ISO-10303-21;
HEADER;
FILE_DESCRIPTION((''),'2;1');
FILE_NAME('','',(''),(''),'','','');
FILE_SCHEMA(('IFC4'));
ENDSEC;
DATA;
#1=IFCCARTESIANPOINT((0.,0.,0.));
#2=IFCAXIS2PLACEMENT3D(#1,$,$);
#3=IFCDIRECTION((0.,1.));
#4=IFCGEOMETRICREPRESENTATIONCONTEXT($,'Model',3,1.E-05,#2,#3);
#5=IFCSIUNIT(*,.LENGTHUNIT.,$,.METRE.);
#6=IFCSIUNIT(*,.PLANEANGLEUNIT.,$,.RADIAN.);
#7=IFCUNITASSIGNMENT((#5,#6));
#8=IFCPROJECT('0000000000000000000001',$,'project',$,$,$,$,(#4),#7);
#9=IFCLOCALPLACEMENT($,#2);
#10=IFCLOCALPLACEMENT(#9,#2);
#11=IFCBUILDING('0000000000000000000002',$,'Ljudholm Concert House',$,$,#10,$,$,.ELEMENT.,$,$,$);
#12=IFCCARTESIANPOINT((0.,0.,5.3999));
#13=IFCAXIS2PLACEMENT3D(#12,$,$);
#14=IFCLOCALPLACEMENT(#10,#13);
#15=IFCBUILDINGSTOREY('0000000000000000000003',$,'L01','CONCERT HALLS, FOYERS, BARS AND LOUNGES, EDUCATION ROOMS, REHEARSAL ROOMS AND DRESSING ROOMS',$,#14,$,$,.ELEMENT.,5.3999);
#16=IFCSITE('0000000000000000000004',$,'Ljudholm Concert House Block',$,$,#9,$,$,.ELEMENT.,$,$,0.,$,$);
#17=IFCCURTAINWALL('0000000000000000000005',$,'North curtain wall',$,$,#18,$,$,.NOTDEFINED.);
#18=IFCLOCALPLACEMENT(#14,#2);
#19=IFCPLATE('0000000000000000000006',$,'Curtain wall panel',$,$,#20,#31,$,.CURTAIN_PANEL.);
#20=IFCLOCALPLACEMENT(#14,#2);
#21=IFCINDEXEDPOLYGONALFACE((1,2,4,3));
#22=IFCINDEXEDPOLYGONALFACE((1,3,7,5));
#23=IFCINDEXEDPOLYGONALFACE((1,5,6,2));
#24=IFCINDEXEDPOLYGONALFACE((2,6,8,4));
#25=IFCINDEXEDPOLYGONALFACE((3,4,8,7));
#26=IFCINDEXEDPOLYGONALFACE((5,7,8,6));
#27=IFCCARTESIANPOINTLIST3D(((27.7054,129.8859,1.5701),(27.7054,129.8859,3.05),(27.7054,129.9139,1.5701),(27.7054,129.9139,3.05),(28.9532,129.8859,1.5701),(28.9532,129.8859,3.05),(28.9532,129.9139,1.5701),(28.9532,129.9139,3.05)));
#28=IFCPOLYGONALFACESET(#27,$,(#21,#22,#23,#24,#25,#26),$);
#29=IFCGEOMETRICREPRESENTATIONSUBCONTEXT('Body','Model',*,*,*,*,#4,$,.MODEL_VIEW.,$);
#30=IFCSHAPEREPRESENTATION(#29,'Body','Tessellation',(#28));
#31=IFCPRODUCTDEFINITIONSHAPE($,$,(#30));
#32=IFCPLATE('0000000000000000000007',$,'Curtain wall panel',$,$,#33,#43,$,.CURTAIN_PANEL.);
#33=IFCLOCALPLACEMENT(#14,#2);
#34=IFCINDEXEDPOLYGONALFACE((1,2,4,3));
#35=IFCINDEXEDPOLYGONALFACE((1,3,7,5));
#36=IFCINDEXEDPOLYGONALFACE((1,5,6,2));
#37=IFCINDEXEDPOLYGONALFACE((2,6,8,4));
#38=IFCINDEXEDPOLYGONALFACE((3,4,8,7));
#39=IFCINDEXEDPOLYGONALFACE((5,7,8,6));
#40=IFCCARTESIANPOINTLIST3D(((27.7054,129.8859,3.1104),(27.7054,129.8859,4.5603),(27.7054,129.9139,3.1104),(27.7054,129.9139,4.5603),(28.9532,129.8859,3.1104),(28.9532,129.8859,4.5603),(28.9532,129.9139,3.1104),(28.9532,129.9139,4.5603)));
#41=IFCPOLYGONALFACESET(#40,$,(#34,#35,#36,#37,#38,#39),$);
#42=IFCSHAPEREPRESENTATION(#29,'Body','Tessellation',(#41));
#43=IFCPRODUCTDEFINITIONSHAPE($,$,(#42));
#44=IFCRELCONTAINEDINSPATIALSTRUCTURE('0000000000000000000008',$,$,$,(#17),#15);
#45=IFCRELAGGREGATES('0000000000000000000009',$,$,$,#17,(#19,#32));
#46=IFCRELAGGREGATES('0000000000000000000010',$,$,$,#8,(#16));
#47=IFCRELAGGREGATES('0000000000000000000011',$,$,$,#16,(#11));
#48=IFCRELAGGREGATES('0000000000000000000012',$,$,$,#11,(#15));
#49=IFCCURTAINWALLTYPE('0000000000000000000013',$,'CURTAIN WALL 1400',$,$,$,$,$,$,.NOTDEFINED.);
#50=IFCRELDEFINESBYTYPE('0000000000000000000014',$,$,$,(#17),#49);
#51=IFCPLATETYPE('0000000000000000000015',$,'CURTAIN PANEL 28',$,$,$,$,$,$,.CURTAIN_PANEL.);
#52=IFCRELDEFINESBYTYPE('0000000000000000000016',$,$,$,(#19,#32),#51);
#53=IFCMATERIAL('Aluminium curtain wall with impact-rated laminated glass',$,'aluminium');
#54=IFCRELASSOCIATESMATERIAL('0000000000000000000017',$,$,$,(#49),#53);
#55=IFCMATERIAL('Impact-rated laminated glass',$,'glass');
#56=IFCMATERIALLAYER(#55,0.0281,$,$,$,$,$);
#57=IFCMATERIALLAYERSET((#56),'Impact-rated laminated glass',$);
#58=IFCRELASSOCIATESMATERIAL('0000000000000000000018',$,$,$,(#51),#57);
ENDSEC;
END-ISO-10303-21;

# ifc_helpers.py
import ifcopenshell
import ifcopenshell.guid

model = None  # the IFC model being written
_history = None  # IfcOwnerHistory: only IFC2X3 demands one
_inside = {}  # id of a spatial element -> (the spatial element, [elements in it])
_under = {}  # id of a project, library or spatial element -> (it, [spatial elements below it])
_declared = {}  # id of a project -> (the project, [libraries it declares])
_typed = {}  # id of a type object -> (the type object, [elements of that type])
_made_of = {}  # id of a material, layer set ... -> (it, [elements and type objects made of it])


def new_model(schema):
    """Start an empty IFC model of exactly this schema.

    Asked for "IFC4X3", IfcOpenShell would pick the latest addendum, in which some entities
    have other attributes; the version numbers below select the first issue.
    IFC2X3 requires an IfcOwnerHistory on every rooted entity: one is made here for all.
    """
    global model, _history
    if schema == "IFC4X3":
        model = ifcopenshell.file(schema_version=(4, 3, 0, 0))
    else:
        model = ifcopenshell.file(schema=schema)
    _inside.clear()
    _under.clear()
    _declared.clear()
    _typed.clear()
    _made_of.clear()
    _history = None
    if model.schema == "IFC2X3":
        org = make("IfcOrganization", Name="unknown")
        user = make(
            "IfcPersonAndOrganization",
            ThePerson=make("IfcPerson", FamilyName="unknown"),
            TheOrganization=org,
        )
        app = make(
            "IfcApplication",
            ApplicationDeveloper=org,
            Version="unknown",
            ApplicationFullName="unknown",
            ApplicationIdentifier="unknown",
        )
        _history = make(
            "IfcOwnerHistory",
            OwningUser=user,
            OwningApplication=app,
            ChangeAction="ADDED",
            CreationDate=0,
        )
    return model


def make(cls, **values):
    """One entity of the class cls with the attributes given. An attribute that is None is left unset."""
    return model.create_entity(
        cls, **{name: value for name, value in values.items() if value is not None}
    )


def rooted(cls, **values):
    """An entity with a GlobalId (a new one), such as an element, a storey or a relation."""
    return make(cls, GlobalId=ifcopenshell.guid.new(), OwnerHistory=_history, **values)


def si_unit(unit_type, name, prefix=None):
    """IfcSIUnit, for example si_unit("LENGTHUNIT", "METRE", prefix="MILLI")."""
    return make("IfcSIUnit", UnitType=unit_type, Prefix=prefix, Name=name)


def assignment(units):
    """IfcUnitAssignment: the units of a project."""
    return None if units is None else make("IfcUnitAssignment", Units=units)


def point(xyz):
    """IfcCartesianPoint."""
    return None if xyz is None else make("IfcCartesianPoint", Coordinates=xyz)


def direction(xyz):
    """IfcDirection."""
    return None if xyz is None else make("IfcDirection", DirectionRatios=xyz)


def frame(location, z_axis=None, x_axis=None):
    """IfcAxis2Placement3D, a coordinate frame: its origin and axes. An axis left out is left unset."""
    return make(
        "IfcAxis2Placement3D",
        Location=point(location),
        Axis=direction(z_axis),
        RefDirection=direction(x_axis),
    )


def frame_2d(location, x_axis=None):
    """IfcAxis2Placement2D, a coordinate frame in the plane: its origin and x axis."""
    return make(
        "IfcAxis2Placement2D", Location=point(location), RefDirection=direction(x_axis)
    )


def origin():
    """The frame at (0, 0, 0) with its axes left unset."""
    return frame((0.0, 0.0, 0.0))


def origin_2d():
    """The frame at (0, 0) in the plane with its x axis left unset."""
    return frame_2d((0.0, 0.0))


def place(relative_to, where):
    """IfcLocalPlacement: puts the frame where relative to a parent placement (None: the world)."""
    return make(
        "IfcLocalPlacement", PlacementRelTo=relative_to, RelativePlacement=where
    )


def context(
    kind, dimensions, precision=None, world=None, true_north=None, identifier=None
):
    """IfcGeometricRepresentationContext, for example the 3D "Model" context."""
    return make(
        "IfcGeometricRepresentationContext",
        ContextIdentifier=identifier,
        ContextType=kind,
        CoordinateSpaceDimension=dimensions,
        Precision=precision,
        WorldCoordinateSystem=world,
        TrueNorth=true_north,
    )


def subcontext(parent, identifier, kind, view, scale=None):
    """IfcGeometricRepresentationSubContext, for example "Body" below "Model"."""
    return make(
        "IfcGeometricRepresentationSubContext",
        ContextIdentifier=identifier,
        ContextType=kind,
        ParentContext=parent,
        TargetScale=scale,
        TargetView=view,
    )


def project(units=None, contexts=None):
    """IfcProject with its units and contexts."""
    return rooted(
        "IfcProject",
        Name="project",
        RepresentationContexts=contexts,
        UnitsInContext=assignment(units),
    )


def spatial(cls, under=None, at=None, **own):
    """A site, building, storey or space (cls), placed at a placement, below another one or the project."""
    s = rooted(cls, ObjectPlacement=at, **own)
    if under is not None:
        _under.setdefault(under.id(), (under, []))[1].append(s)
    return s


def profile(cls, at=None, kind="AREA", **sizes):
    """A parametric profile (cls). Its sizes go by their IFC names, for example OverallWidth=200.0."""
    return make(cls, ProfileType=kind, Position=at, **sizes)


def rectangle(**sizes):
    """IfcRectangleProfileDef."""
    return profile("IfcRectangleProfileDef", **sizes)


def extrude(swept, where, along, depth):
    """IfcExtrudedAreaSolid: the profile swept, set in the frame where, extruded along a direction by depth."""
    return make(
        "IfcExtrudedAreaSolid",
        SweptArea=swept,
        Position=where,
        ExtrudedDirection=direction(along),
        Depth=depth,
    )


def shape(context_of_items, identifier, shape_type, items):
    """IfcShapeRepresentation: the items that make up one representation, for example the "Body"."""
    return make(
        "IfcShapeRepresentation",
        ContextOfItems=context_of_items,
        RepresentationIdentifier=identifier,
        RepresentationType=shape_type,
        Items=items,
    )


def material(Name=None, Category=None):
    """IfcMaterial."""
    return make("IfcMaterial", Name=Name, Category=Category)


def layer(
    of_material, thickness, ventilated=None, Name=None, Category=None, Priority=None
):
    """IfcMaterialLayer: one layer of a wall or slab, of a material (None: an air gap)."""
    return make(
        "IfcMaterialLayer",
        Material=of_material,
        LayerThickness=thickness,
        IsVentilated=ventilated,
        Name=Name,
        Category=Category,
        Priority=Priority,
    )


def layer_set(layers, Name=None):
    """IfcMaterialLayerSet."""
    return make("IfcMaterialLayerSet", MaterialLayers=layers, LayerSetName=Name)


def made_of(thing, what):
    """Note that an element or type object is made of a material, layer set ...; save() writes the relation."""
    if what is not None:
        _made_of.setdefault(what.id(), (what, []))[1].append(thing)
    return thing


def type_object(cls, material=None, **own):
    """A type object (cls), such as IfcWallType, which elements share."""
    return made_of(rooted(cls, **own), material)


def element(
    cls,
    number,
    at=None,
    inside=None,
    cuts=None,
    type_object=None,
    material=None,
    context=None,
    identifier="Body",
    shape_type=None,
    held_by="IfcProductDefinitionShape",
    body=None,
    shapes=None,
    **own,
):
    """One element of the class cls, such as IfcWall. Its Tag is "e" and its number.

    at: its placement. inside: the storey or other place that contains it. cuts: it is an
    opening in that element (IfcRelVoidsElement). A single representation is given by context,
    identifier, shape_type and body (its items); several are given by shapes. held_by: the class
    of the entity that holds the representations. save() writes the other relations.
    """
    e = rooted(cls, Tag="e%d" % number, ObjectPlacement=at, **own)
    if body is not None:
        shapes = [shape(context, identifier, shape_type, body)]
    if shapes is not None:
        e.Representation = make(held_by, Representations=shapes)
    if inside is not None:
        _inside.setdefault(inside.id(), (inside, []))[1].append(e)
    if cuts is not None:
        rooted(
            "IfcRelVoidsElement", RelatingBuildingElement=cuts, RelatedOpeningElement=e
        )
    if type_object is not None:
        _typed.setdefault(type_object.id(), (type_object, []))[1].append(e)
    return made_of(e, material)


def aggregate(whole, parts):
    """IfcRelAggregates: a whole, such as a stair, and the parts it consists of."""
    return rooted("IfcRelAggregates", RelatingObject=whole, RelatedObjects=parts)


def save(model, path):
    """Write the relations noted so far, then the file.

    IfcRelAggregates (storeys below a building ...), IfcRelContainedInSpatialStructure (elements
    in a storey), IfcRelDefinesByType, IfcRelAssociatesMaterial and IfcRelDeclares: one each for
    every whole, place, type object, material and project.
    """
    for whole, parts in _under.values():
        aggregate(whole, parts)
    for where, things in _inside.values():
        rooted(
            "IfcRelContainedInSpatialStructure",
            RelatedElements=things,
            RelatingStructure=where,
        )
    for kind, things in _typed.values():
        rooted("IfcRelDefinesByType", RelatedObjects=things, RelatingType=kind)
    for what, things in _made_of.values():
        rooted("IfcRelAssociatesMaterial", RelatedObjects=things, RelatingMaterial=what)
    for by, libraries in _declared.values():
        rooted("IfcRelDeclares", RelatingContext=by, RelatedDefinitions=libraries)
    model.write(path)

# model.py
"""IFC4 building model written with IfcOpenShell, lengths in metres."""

from ifc_helpers import new_model, si_unit, direction, frame, origin, origin_2d, place, context, subcontext, project, spatial, rectangle, extrude, material, layer, layer_set, type_object, element, aggregate, save


model = new_model("IFC4")

# Units and contexts
model_context = context("Model", 3, precision=1e-05, world=origin(), true_north=direction((0.0, 1.0)))
body_context = subcontext(model_context, "Body", "Model", "MODEL_VIEW")
ifc_project = project(units=[si_unit("LENGTHUNIT", "METRE"), si_unit("PLANEANGLEUNIT", "RADIAN")], contexts=[model_context])

# Site, building, storey
site_placement = place(None, origin())
site = spatial("IfcSite", under=ifc_project, at=site_placement, Name="Ljudholm Concert House Block", CompositionType="ELEMENT", RefElevation=0.0)
building_placement = place(site_placement, origin())
building = spatial("IfcBuilding", under=site, at=building_placement, Name="Ljudholm Concert House", CompositionType="ELEMENT")
storey_placement = place(building_placement, frame((0.0, 0.0, 5.3999)))
storey = spatial("IfcBuildingStorey", under=building, at=storey_placement, Name="L01", Description="CONCERT HALLS, FOYERS, BARS AND LOUNGES, EDUCATION ROOMS, REHEARSAL ROOMS AND DRESSING ROOMS", CompositionType="ELEMENT", Elevation=5.3999)

# Curtain wall
ifc_material_1 = material(Name="Aluminium curtain wall with impact-rated laminated glass", Category="aluminium")
curtain_wall_type = type_object("IfcCurtainWallType", Name="CURTAIN WALL 1400", PredefinedType="NOTDEFINED", material=ifc_material_1)
curtain_wall_placement = place(storey_placement, origin())
curtain_wall = element("IfcCurtainWall", 1, at=curtain_wall_placement, inside=storey, type_object=curtain_wall_type, Name="North curtain wall", PredefinedType="NOTDEFINED")

# Plates
ifc_material_2 = material(Name="Impact-rated laminated glass", Category="glass")
ifc_layer = layer(ifc_material_2, 0.0281)
ifc_layer_set = layer_set([ifc_layer], Name="Impact-rated laminated glass")
plate_type = type_object("IfcPlateType", Name="CURTAIN PANEL 28", PredefinedType="CURTAIN_PANEL", material=ifc_layer_set)
plate_1_placement = place(storey_placement, frame((28.3293, 129.8999, 1.5701), z_axis=(0.0, 0.0, 1.0), x_axis=(1.0, 0.0, 0.0)))
plate_1 = element("IfcPlate", 2, at=plate_1_placement, type_object=plate_type, Name="Curtain wall panel", PredefinedType="CURTAIN_PANEL", context=body_context, shape_type="SweptSolid", body=[
    extrude(rectangle(XDim=1.2478, YDim=0.0281, at=origin_2d()), origin(), (0.0, 0.0, 1.0), 1.48),
])
plate_2_placement = place(storey_placement, frame((28.3293, 129.8999, 3.1104), z_axis=(0.0, 0.0, 1.0), x_axis=(1.0, 0.0, 0.0)))
plate_2 = element("IfcPlate", 3, at=plate_2_placement, type_object=plate_type, Name="Curtain wall panel", PredefinedType="CURTAIN_PANEL", context=body_context, shape_type="SweptSolid", body=[
    extrude(rectangle(XDim=1.2478, YDim=0.0281, at=origin_2d()), origin(), (0.0, 0.0, 1.0), 1.45),
])
aggregate(curtain_wall, [plate_1, plate_2])

save(model, "model.ifc")
